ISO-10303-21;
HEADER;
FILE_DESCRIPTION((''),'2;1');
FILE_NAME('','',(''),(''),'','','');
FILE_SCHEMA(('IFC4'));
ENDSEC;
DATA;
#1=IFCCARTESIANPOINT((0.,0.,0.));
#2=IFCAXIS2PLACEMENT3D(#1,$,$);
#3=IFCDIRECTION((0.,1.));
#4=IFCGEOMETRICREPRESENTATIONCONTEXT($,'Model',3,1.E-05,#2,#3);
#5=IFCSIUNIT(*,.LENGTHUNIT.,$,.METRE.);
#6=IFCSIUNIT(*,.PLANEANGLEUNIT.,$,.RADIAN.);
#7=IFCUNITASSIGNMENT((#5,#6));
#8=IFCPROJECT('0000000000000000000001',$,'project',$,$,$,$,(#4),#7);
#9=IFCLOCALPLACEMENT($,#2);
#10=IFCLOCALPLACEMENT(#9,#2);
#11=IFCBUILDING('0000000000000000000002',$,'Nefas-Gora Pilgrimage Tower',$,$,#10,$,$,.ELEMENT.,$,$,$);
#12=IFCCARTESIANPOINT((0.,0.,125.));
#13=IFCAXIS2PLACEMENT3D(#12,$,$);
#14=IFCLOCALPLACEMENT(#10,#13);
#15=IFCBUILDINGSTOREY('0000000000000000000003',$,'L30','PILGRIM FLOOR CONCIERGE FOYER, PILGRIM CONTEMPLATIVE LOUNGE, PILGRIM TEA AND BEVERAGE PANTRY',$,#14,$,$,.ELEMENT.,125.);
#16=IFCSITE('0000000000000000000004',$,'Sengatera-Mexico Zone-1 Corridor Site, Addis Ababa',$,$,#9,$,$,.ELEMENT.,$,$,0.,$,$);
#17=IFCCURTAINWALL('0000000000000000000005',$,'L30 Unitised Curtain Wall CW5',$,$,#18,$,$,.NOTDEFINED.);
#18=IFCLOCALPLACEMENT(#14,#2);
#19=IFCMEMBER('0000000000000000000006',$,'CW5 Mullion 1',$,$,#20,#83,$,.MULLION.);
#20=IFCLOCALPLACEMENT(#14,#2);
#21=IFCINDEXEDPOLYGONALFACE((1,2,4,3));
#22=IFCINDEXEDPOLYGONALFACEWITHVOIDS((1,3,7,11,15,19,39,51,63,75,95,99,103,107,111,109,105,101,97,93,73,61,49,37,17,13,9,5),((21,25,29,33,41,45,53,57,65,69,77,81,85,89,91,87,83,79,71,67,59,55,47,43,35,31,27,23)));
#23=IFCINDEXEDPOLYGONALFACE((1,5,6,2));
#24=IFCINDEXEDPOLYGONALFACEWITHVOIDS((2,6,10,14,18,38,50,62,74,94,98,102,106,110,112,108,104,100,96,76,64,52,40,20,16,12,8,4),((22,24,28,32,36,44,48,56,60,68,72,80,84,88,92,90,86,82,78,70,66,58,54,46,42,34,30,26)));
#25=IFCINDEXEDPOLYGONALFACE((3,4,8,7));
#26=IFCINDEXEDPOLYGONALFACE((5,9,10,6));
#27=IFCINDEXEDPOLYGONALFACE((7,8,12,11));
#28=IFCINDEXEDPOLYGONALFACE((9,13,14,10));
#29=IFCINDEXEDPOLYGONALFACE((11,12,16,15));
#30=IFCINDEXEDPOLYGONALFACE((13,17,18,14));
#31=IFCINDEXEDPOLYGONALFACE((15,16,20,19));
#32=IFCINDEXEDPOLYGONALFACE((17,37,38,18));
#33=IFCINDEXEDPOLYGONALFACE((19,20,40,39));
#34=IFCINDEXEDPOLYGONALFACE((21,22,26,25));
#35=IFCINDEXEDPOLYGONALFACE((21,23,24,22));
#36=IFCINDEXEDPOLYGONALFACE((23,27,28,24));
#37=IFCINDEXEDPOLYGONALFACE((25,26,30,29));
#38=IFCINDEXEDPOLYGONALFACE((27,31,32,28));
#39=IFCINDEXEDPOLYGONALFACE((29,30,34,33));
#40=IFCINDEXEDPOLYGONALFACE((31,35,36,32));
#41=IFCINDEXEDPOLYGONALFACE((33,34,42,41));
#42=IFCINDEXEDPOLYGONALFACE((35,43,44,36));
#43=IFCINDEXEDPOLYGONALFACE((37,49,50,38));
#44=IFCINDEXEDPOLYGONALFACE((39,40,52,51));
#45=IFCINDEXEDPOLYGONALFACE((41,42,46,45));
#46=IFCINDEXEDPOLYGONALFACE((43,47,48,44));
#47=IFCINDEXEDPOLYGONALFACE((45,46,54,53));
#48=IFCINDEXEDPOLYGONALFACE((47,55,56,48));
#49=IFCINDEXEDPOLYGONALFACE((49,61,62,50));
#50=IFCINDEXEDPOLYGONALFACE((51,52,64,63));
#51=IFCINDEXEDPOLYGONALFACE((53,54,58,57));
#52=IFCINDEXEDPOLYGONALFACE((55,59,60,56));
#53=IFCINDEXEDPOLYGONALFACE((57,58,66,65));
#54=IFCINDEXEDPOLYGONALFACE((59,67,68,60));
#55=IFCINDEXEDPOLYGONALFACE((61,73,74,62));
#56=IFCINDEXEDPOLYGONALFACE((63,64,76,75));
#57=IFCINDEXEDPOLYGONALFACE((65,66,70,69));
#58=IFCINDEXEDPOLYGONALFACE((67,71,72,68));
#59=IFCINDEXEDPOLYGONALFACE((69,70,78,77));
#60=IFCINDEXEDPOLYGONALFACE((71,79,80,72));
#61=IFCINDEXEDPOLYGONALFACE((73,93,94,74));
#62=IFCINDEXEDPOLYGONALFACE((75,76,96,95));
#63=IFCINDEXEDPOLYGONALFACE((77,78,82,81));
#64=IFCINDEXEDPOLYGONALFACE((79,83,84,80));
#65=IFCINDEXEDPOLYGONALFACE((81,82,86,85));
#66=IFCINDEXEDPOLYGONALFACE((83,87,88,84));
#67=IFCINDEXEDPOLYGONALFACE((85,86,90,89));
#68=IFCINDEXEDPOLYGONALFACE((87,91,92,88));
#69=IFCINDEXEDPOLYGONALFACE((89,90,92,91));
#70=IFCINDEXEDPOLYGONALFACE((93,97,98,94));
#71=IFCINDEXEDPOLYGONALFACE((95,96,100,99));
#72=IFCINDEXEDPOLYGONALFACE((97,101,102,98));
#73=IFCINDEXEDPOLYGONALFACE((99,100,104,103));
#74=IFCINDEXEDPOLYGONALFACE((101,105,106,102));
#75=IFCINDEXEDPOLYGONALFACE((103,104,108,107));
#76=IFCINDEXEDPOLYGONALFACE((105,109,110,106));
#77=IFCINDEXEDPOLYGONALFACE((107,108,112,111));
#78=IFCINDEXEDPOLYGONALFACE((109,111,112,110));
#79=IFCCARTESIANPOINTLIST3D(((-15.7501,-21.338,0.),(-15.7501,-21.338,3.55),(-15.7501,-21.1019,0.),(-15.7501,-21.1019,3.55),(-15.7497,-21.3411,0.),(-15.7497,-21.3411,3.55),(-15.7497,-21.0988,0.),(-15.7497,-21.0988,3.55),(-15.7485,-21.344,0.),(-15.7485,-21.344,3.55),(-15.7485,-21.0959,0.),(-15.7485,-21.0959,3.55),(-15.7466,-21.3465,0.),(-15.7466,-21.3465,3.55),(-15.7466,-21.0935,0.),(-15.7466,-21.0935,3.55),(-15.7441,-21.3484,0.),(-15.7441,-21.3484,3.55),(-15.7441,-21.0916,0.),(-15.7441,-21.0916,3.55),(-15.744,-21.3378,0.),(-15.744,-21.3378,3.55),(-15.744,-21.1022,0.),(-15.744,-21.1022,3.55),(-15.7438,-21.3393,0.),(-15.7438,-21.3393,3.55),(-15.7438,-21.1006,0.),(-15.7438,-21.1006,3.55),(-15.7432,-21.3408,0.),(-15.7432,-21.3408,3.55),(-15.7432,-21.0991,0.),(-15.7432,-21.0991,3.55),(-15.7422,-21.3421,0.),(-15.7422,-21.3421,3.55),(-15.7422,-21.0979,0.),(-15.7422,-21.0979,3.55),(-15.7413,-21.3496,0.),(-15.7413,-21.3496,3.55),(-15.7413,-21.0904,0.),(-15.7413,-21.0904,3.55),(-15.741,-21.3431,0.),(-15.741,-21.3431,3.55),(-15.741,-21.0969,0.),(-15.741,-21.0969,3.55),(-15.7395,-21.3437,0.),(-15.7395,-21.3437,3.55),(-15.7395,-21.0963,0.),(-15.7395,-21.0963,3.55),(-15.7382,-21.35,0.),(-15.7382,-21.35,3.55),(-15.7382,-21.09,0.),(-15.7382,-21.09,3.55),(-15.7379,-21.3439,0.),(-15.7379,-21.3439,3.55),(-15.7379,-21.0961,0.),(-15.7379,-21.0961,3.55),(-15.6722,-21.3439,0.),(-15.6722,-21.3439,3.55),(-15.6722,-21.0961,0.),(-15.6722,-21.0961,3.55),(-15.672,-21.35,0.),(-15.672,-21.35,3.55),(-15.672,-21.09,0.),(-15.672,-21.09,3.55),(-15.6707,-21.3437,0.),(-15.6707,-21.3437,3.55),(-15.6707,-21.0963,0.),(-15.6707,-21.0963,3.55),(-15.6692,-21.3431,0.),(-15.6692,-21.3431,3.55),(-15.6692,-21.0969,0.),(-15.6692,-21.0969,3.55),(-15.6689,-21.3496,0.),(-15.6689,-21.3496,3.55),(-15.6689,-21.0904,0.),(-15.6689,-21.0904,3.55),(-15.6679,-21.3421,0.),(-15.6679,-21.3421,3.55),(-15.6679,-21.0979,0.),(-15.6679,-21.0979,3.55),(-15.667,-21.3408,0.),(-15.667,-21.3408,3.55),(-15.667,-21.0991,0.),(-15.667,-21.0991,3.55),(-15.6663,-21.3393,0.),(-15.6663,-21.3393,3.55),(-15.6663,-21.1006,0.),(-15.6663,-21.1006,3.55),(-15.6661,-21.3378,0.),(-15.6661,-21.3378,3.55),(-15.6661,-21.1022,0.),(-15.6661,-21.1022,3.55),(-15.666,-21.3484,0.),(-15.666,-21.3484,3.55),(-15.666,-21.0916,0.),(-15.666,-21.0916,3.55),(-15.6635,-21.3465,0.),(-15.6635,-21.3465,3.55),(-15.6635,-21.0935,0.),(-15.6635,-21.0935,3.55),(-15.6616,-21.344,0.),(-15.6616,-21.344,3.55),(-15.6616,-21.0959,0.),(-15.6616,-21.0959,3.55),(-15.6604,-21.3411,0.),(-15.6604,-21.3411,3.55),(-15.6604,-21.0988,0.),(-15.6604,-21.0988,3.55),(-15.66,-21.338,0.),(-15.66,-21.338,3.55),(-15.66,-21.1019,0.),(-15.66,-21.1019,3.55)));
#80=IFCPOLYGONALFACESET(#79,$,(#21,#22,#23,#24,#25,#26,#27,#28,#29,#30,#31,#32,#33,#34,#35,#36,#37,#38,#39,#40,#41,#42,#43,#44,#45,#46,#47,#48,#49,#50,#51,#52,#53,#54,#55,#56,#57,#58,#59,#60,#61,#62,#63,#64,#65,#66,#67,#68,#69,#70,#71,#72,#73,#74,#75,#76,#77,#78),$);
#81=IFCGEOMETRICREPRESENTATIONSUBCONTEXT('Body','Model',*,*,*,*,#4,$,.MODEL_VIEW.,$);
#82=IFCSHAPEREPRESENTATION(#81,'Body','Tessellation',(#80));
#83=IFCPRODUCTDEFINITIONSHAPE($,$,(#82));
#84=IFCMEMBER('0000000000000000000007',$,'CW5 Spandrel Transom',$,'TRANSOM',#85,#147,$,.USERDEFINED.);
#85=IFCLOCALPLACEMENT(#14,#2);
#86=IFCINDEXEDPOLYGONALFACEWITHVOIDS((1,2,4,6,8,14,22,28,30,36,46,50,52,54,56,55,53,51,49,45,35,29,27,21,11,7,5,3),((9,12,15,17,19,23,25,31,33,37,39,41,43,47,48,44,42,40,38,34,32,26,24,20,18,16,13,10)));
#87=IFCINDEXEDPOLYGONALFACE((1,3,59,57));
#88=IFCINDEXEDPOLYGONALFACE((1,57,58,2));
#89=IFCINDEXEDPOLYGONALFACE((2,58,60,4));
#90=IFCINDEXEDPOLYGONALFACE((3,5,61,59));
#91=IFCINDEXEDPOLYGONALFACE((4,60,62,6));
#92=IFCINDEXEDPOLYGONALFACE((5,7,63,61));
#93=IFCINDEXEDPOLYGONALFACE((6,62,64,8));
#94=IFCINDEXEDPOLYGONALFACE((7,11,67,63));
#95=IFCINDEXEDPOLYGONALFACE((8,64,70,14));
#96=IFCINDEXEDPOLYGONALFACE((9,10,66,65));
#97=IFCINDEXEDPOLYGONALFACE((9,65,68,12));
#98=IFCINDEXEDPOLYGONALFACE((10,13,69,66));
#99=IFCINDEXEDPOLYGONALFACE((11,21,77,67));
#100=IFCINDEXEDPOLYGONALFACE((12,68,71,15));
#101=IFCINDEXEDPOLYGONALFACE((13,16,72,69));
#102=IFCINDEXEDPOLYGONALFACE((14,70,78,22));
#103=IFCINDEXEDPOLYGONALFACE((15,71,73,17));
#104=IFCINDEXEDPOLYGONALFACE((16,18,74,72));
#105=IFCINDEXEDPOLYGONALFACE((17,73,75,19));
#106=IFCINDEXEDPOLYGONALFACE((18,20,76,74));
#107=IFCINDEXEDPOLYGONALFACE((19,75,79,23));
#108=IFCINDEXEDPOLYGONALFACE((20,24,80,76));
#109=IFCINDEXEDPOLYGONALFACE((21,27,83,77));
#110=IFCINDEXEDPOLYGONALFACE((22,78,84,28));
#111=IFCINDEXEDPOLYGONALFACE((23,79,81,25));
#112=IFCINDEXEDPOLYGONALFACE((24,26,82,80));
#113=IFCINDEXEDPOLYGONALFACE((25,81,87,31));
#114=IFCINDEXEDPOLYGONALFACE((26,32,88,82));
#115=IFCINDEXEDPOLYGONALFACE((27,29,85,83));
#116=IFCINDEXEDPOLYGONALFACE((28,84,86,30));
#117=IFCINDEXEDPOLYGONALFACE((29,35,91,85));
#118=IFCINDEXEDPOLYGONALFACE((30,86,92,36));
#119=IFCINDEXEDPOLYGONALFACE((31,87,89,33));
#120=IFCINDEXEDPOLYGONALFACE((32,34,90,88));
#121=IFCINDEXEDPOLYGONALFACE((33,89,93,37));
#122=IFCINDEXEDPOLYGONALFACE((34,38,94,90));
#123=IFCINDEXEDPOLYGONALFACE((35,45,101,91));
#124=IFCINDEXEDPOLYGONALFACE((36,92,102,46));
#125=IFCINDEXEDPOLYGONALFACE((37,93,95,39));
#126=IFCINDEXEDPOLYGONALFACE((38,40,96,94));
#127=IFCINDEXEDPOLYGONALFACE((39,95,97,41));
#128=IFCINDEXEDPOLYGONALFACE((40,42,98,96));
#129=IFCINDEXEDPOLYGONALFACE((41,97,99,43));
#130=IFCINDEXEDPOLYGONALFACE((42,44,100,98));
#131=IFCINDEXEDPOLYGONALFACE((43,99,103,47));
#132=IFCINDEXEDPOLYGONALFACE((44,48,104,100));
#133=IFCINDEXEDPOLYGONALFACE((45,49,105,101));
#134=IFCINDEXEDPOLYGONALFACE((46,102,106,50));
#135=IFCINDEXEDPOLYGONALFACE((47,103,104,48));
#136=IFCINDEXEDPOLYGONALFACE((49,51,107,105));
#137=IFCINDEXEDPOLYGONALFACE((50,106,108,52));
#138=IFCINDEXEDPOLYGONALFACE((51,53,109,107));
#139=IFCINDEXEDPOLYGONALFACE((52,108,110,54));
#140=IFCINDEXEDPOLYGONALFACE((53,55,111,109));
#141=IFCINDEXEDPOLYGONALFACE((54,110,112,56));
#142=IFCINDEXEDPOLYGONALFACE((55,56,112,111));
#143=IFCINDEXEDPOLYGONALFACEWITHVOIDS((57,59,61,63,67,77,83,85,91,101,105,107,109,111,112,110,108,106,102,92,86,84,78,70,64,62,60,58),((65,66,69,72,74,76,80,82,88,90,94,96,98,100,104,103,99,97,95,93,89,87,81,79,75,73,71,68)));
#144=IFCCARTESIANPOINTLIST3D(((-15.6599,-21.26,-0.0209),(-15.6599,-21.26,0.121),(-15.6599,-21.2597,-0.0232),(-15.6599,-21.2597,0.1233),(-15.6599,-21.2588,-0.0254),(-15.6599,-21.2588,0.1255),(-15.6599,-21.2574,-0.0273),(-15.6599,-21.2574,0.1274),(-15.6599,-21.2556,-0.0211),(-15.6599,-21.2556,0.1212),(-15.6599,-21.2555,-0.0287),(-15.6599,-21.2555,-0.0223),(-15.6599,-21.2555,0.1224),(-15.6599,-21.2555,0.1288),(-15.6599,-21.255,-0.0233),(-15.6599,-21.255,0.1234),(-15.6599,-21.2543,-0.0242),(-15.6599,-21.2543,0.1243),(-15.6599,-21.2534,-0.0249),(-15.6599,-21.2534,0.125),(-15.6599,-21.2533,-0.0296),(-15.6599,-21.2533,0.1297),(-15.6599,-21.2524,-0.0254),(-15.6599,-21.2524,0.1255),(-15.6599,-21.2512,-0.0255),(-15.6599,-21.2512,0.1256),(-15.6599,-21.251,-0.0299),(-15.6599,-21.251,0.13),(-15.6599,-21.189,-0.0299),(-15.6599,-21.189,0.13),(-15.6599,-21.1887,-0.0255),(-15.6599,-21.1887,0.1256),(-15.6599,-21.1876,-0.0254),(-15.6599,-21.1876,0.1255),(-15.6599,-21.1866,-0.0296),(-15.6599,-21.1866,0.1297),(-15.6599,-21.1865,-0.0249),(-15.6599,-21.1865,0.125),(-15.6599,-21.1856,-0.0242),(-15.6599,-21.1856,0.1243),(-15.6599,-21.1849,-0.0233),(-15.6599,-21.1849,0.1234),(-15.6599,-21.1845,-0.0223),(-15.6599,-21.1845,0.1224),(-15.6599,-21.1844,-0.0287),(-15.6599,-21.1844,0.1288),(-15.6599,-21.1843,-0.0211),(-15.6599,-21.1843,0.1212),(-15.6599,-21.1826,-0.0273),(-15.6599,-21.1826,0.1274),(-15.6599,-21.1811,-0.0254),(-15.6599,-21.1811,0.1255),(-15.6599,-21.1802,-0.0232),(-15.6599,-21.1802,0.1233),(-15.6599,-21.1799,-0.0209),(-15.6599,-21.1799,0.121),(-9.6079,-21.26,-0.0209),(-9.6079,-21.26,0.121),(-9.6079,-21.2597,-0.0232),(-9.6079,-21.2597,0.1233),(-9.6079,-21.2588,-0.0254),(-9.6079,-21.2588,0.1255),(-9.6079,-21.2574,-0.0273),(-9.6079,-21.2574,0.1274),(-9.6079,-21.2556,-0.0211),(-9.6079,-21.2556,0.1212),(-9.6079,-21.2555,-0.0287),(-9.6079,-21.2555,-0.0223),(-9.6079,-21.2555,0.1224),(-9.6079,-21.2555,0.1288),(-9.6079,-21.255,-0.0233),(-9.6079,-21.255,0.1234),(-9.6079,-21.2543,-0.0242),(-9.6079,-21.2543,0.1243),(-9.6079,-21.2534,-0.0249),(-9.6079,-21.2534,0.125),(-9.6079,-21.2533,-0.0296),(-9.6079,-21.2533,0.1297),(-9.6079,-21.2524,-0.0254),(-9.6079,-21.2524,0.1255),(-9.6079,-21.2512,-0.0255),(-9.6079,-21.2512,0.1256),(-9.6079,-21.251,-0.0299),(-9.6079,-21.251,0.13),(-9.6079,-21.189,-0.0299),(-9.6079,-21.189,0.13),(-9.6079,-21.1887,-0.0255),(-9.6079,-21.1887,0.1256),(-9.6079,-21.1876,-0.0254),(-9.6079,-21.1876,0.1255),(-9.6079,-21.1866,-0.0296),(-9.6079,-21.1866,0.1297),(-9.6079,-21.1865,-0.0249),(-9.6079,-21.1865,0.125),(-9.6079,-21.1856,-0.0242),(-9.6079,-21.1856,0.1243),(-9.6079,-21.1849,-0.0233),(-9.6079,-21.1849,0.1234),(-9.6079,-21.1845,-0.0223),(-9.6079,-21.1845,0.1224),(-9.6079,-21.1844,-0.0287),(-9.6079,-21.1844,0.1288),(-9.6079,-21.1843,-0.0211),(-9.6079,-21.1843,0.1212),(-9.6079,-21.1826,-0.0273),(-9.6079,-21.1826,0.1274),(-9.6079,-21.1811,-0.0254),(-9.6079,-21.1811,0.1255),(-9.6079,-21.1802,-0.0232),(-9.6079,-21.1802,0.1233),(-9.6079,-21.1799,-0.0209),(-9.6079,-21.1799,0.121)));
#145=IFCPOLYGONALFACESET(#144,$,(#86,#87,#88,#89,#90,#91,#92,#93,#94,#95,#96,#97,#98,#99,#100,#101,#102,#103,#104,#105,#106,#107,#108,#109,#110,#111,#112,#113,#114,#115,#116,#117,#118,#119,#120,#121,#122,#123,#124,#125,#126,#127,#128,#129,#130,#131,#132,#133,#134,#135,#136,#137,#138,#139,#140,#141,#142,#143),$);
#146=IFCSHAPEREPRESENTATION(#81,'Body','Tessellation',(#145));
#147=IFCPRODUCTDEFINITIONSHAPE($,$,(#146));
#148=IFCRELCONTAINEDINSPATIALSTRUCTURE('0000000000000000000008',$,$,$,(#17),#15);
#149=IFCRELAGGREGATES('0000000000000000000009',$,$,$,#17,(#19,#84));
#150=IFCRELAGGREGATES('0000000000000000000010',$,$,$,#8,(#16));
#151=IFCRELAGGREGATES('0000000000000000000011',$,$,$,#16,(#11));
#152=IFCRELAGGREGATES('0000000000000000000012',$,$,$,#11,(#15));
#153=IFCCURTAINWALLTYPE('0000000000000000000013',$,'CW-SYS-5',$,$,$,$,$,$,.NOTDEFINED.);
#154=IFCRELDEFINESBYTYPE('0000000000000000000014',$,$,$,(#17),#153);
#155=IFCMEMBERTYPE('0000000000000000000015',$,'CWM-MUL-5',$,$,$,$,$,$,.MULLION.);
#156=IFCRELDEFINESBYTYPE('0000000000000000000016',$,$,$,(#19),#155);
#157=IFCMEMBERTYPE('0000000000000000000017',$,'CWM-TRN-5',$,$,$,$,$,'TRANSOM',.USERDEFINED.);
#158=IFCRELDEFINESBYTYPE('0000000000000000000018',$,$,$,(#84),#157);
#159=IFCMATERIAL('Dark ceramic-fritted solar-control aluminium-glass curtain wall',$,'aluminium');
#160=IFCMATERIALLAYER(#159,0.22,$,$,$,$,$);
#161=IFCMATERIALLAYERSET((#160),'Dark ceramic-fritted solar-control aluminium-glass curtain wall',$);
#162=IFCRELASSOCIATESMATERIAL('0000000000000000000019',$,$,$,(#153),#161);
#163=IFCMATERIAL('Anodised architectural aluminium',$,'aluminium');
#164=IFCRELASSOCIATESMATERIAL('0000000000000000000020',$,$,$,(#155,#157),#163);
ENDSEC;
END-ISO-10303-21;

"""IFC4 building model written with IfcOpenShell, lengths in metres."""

from ifc_helpers import new_model, si_unit, direction, frame, origin, origin_2d, place, context, subcontext, project, spatial, hollow_rectangle, extrude, source, transform, mapped, material, layer, layer_set, material_profile, profile_set, type_object, element, aggregate, save


model = new_model("IFC4")

# Units and contexts
model_context = context("Model", 3, precision=1e-05, world=origin(), true_north=direction((0.0, 1.0)))
body_context = subcontext(model_context, "Body", "Model", "MODEL_VIEW")
ifc_project = project(units=[si_unit("LENGTHUNIT", "METRE"), si_unit("PLANEANGLEUNIT", "RADIAN")], contexts=[model_context])

# Site, building, storey
site_placement = place(None, origin())
site = spatial("IfcSite", under=ifc_project, at=site_placement, Name="Sengatera-Mexico Zone-1 Corridor Site, Addis Ababa", CompositionType="ELEMENT", RefElevation=0.0)
building_placement = place(site_placement, origin())
building = spatial("IfcBuilding", under=site, at=building_placement, Name="Nefas-Gora Pilgrimage Tower", CompositionType="ELEMENT")
storey_placement = place(building_placement, frame((0.0, 0.0, 125.0)))
storey = spatial("IfcBuildingStorey", under=building, at=storey_placement, Name="L30", Description="PILGRIM FLOOR CONCIERGE FOYER, PILGRIM CONTEMPLATIVE LOUNGE, PILGRIM TEA AND BEVERAGE PANTRY", CompositionType="ELEMENT", Elevation=125.0)

# Curtain wall, members
ifc_material_1 = material(Name="Dark ceramic-fritted solar-control aluminium-glass curtain wall", Category="aluminium")
ifc_layer_1 = layer(ifc_material_1, 0.22)
ifc_layer_set_1 = layer_set([ifc_layer_1], Name="Dark ceramic-fritted solar-control aluminium-glass curtain wall")
curtain_wall_type_1 = type_object("IfcCurtainWallType", Name="CW-SYS-5", PredefinedType="NOTDEFINED", material=ifc_layer_set_1)
curtain_wall_1_placement = place(storey_placement, origin())
curtain_wall_1 = element("IfcCurtainWall", 1, at=curtain_wall_1_placement, inside=storey, type_object=curtain_wall_type_1, Name="L30 Unitised Curtain Wall CW5", PredefinedType="NOTDEFINED")
ifc_material_2 = material(Name="Anodised architectural aluminium", Category="aluminium")
ifc_material_profile_1 = material_profile(ifc_material_2, hollow_rectangle(XDim=0.0901, YDim=0.26, WallThickness=0.0061, InnerFilletRadius=0.0061, OuterFilletRadius=0.012, at=origin_2d()), Name="ALU MULLION 90x260")
ifc_profile_set_1 = profile_set([ifc_material_profile_1], Name="Anodised architectural aluminium")
member_type_1 = type_object("IfcMemberType", Name="CWM-MUL-5", PredefinedType="MULLION", material=ifc_profile_set_1)
shared_shape_1 = source(origin(), body_context, "Body", "SweptSolid", [
    extrude(hollow_rectangle(XDim=0.0901, YDim=0.26, WallThickness=0.0061, InnerFilletRadius=0.0061, OuterFilletRadius=0.012, at=origin_2d()), origin(), (0.0, 0.0, 1.0), 3.55),
])
member_1_placement = place(storey_placement, frame((-15.7051, -21.22, 0.0), z_axis=(0.0, 0.0, 1.0), x_axis=(1.0, 0.0, 0.0)))
member_1 = element("IfcMember", 2, at=member_1_placement, type_object=member_type_1, Name="CW5 Mullion 1", PredefinedType="MULLION", context=body_context, shape_type="MappedRepresentation", body=[
    mapped(shared_shape_1, transform((0.0, 0.0, 0.0), x_axis=(1.0, 0.0, 0.0), y_axis=(0.0, 1.0, 0.0), z_axis=(0.0, 0.0, 1.0), scale=1.0)),
])
ifc_material_profile_2 = material_profile(ifc_material_2, hollow_rectangle(XDim=0.0801, YDim=0.1599, WallThickness=0.0044, InnerFilletRadius=0.0044, OuterFilletRadius=0.009, at=origin_2d()), Name="ALU TRANSOM 80x160")
ifc_profile_set_2 = profile_set([ifc_material_profile_2], Name="Anodised architectural aluminium")
member_type_2 = type_object("IfcMemberType", Name="CWM-TRN-5", ElementType="TRANSOM", PredefinedType="USERDEFINED", material=ifc_profile_set_2)
shared_shape_2 = source(origin(), body_context, "Body", "SweptSolid", [
    extrude(hollow_rectangle(XDim=0.0801, YDim=0.1599, WallThickness=0.0044, InnerFilletRadius=0.0044, OuterFilletRadius=0.009, at=origin_2d()), origin(), (0.0, 0.0, 1.0), 6.052),
])
member_2_placement = place(storey_placement, frame((-15.6599, -21.22, 0.05), z_axis=(1.0, 0.0, 0.0), x_axis=(0.0, 1.0, 0.0)))
member_2 = element("IfcMember", 3, at=member_2_placement, type_object=member_type_2, Name="CW5 Spandrel Transom", ObjectType="TRANSOM", PredefinedType="USERDEFINED", context=body_context, shape_type="MappedRepresentation", body=[
    mapped(shared_shape_2, transform((0.0, 0.0, 0.0), x_axis=(1.0, 0.0, 0.0), y_axis=(0.0, 1.0, 0.0), z_axis=(0.0, 0.0, 1.0), scale=1.0)),
])
aggregate(curtain_wall_1, [member_1, member_2])

save(model, "model.ifc")
